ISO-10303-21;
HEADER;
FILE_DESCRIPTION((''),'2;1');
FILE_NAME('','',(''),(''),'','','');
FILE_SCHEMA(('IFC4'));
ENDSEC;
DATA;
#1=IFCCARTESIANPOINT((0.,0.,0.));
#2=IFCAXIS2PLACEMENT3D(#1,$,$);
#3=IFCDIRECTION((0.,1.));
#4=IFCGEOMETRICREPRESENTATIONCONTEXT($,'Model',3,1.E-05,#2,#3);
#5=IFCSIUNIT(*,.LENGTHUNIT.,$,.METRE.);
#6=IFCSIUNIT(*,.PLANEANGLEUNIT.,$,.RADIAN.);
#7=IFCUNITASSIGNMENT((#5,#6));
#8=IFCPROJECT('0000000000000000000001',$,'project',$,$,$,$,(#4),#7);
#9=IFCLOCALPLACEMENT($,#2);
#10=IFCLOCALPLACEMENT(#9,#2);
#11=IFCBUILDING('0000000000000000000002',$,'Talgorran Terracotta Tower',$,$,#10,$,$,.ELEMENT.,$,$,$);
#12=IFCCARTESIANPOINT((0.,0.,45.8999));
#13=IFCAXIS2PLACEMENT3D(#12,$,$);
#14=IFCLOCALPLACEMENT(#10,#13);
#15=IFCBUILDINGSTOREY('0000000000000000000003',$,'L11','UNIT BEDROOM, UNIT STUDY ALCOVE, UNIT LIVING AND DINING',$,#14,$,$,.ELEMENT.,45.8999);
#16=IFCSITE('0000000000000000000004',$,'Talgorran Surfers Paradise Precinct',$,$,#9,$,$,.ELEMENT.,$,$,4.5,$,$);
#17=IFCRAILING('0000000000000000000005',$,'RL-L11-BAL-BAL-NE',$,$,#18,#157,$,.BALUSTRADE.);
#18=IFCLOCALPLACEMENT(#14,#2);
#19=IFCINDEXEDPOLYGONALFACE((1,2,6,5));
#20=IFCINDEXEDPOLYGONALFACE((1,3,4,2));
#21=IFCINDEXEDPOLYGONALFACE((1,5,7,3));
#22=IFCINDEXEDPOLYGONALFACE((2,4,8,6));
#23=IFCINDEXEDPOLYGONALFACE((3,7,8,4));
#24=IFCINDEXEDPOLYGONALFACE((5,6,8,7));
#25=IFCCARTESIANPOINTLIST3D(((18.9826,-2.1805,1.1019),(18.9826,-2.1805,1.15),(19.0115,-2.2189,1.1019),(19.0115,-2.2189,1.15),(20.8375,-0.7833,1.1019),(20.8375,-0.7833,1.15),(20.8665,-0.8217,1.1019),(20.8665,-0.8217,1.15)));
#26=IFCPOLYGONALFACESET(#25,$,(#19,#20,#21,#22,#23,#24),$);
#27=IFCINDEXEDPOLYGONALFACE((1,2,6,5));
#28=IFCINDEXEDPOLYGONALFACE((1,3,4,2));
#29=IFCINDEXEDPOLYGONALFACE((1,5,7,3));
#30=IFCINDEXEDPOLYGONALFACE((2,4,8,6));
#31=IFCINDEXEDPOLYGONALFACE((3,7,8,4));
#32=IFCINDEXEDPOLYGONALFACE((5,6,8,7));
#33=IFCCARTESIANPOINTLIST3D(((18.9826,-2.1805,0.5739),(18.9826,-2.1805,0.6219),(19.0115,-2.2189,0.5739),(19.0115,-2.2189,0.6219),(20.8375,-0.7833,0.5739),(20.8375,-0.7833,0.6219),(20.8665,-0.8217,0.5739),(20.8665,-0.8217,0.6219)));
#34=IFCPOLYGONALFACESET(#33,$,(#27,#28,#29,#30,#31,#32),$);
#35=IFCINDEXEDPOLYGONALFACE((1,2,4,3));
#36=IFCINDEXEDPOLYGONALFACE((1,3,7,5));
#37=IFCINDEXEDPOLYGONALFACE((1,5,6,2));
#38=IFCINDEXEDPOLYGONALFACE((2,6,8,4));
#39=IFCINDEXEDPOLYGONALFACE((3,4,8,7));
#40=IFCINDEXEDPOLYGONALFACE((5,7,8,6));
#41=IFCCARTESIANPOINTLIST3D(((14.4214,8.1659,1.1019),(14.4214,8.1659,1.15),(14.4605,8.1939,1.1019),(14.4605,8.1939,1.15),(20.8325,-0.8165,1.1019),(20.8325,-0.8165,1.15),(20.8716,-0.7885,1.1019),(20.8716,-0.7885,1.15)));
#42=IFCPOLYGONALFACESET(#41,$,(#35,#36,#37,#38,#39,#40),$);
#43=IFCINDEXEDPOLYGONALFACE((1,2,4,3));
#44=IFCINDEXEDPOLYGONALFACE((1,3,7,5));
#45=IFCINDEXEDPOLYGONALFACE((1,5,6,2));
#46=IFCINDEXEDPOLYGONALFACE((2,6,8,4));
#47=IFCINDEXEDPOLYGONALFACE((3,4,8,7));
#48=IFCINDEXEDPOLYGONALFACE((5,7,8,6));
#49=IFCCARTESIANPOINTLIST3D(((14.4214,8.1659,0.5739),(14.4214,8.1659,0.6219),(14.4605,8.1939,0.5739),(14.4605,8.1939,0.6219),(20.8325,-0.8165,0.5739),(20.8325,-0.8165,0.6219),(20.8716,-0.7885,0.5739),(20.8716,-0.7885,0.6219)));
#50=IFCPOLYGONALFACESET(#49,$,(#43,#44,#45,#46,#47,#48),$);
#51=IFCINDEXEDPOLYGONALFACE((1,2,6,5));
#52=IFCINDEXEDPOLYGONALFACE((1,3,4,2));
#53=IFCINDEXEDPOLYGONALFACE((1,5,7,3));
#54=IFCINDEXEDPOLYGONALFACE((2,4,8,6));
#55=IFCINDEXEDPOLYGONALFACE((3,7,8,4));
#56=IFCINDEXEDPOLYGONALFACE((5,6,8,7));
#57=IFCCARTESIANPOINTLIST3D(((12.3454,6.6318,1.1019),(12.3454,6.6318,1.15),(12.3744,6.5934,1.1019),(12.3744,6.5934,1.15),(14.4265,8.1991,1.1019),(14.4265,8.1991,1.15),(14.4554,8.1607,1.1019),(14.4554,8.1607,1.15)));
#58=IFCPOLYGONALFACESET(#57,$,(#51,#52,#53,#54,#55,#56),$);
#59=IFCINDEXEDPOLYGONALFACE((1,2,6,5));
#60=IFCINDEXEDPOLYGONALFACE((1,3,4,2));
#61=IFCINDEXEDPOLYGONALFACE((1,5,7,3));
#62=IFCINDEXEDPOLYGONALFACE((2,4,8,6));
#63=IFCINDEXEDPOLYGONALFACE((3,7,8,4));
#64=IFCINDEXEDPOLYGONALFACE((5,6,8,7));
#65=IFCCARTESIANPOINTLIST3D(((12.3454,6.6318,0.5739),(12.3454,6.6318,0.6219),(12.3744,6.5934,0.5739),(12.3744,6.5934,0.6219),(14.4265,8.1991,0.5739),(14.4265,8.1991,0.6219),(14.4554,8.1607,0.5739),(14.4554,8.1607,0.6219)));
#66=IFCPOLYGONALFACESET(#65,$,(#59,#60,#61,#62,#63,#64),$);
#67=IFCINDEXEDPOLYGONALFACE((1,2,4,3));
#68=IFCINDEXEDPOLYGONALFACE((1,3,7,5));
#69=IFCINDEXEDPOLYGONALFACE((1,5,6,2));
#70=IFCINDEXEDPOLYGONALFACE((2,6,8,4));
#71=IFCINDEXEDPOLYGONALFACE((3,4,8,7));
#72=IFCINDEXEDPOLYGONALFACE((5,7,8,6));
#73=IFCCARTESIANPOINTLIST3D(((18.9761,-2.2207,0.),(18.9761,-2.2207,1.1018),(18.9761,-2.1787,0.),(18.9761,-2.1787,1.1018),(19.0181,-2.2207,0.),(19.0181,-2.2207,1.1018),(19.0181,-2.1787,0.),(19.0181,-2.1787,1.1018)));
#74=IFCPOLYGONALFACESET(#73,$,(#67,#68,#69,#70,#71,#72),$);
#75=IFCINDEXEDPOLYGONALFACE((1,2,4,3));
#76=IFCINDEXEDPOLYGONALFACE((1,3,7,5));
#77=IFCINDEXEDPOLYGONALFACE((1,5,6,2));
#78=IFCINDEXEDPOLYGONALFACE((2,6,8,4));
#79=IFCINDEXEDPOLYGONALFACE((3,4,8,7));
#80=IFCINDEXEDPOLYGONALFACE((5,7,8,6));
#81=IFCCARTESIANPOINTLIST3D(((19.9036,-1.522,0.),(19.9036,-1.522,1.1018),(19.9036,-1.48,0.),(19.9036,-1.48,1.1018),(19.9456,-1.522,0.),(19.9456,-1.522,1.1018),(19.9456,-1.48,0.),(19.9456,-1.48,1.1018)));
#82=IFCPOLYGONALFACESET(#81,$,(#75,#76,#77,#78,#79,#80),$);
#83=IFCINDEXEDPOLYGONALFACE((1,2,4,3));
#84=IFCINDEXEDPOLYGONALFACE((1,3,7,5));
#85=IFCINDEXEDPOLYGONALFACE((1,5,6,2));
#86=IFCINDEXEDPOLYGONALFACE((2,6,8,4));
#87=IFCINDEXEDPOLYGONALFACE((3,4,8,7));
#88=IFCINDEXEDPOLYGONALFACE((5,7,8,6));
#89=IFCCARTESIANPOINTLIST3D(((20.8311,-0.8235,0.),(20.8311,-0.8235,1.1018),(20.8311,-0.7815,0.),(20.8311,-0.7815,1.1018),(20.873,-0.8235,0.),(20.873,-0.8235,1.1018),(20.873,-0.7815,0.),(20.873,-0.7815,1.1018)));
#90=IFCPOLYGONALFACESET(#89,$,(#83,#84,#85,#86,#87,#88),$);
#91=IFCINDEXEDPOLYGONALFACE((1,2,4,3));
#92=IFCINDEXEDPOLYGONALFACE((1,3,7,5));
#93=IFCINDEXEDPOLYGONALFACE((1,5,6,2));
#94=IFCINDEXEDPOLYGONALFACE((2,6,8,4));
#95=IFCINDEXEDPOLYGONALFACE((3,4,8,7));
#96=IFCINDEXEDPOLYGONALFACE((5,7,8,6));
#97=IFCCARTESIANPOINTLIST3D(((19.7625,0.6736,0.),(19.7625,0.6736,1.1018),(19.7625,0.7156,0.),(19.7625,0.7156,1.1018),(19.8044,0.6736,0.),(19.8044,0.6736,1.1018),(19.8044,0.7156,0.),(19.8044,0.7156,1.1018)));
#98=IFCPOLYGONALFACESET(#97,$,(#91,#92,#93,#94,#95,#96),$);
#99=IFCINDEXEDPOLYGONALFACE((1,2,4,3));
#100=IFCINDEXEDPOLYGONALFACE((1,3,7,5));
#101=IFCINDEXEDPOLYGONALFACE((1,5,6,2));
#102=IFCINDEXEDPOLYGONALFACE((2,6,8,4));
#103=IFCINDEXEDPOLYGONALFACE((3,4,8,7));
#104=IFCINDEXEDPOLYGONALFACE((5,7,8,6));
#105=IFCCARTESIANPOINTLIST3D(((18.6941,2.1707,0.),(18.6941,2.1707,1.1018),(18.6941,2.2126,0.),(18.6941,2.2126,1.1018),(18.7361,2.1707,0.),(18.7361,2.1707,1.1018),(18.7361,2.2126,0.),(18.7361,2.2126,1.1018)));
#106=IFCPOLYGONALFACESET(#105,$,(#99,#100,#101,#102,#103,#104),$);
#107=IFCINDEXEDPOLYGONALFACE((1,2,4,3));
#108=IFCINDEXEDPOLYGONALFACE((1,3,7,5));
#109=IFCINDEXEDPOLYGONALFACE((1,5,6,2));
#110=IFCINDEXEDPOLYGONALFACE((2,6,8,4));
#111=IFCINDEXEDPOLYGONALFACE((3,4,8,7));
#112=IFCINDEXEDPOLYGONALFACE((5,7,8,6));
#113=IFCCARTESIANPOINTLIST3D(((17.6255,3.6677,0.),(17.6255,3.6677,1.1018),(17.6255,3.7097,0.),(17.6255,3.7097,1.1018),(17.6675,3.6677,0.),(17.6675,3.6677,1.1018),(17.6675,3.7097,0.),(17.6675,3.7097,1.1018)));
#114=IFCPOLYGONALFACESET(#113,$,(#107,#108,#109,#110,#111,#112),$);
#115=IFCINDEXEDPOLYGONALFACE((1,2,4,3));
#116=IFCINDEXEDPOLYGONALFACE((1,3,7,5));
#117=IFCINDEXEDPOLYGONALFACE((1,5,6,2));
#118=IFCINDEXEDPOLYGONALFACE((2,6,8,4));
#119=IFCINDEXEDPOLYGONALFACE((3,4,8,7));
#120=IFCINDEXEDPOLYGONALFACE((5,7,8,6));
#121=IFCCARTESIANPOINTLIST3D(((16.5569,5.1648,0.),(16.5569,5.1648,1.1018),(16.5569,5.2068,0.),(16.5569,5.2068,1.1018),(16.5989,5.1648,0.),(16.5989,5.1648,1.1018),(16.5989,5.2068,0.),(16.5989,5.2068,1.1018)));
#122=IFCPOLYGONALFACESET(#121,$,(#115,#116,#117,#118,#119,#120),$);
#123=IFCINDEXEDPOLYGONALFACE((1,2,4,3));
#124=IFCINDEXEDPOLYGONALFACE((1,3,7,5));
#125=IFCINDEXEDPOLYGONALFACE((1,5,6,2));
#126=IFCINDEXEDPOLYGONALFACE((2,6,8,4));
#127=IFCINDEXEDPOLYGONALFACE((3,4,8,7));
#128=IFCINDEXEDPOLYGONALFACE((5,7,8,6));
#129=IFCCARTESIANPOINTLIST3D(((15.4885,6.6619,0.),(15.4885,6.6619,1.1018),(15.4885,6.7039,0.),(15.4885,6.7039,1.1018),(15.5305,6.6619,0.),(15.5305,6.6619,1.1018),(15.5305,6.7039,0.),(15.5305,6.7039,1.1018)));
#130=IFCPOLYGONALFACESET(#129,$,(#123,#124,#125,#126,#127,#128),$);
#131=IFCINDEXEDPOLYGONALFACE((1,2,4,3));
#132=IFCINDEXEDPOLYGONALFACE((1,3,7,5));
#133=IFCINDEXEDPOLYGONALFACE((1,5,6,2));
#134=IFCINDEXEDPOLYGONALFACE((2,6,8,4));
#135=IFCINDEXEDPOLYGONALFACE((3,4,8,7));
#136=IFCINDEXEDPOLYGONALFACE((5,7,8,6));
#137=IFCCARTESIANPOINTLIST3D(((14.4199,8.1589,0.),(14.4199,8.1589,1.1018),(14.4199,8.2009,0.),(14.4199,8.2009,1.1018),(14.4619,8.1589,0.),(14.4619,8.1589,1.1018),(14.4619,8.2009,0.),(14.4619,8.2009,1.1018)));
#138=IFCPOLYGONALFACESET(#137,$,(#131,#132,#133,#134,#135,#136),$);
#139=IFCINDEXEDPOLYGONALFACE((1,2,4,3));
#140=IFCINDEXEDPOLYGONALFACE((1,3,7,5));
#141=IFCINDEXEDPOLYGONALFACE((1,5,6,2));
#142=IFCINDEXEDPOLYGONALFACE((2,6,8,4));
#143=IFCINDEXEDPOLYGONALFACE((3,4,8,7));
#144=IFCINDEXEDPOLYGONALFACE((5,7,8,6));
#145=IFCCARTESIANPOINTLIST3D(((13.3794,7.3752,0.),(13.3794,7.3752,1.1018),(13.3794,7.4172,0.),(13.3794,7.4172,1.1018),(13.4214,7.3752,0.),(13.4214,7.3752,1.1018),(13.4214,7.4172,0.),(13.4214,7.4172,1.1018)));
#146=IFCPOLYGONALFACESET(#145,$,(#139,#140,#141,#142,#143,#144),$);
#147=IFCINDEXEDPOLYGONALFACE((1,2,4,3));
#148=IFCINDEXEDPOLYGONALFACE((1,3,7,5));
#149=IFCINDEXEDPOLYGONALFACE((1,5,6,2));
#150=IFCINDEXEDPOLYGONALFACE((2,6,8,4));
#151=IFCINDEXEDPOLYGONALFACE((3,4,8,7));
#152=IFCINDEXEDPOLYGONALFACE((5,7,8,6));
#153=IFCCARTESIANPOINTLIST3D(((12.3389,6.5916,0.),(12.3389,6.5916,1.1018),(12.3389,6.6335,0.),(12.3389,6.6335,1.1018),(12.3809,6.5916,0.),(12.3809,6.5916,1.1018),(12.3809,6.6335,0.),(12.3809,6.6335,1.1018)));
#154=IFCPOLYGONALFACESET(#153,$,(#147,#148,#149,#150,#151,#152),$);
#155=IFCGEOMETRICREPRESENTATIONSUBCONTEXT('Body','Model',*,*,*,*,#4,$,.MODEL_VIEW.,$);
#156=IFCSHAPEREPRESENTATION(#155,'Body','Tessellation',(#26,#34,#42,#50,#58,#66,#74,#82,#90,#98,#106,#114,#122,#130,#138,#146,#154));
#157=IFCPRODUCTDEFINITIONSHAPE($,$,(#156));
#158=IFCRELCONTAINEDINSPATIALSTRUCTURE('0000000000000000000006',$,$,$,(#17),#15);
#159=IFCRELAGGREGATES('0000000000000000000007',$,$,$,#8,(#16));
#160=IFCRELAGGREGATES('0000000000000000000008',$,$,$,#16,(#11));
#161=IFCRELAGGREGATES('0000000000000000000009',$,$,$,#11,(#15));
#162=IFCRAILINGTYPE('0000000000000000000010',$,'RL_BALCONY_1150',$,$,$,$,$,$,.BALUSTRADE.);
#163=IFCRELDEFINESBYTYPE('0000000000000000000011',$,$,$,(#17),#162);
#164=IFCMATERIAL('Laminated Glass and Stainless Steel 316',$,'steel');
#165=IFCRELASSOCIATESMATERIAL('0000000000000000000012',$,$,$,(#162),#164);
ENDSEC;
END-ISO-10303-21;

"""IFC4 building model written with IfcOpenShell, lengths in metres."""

from ifc_helpers import new_model, si_unit, direction, frame, origin, origin_2d, place, context, subcontext, project, spatial, rectangle, extrude, material, type_object, element, save


model = new_model("IFC4")

# Units and contexts
model_context = context("Model", 3, precision=1e-05, world=origin(), true_north=direction((0.0, 1.0)))
body_context = subcontext(model_context, "Body", "Model", "MODEL_VIEW")
ifc_project = project(units=[si_unit("LENGTHUNIT", "METRE"), si_unit("PLANEANGLEUNIT", "RADIAN")], contexts=[model_context])

# Site, building, storey
site_placement = place(None, origin())
site = spatial("IfcSite", under=ifc_project, at=site_placement, Name="Talgorran Surfers Paradise Precinct", CompositionType="ELEMENT", RefElevation=4.5)
building_placement = place(site_placement, origin())
building = spatial("IfcBuilding", under=site, at=building_placement, Name="Talgorran Terracotta Tower", CompositionType="ELEMENT")
storey_placement = place(building_placement, frame((0.0, 0.0, 45.8999)))
storey = spatial("IfcBuildingStorey", under=building, at=storey_placement, Name="L11", Description="UNIT BEDROOM, UNIT STUDY ALCOVE, UNIT LIVING AND DINING", CompositionType="ELEMENT", Elevation=45.8999)

# Railing
ifc_material_1 = material(Name="Laminated Glass and Stainless Steel 316", Category="steel")
railing_type = type_object("IfcRailingType", Name="RL_BALCONY_1150", PredefinedType="BALUSTRADE", material=ifc_material_1)
railing_placement = place(storey_placement, frame((18.9971, -2.1997, 0.0)))
element("IfcRailing", 1, at=railing_placement, inside=storey, type_object=railing_type, Name="RL-L11-BAL-BAL-NE", PredefinedType="BALUSTRADE", context=body_context, shape_type="SweptSolid", body=[
    extrude(rectangle(XDim=0.0481, YDim=0.0481, at=origin_2d()), frame((0.0, 0.0, 1.126), z_axis=(0.798762, 0.601647, 0.0), x_axis=(-0.601647, 0.798762, 0.0)), (0.0, 0.0, 1.0), 2.3223),
    extrude(rectangle(XDim=0.0481, YDim=0.0481, at=origin_2d()), frame((0.0, 0.0, 0.5979), z_axis=(0.798762, 0.601647, 0.0), x_axis=(-0.601647, 0.798762, 0.0)), (0.0, 0.0, 1.0), 2.3223),
    extrude(rectangle(XDim=0.0481, YDim=0.0481, at=origin_2d()), frame((1.855, 1.3972, 1.126), z_axis=(-0.580945, 0.813943, 0.0), x_axis=(-0.813943, -0.580945, 0.0)), (0.0, 0.0, 1.0), 11.0356),
    extrude(rectangle(XDim=0.0481, YDim=0.0481, at=origin_2d()), frame((1.855, 1.3972, 0.5979), z_axis=(-0.580945, 0.813943, 0.0), x_axis=(-0.813943, -0.580945, 0.0)), (0.0, 0.0, 1.0), 11.0356),
    extrude(rectangle(XDim=0.0481, YDim=0.0481, at=origin_2d()), frame((-4.5562, 10.3796, 1.126), z_axis=(-0.798784, -0.601618, 0.0), x_axis=(0.601618, -0.798784, 0.0)), (0.0, 0.0, 1.0), 2.6052),
    extrude(rectangle(XDim=0.0481, YDim=0.0481, at=origin_2d()), frame((-4.5562, 10.3796, 0.5979), z_axis=(-0.798784, -0.601618, 0.0), x_axis=(0.601618, -0.798784, 0.0)), (0.0, 0.0, 1.0), 2.6052),
    extrude(rectangle(XDim=0.042, YDim=0.042, at=origin_2d()), origin(), (0.0, 0.0, 1.0), 1.1018),
    extrude(rectangle(XDim=0.042, YDim=0.042, at=origin_2d()), frame((0.9275, 0.6987, 0.0)), (0.0, 0.0, 1.0), 1.1018),
    extrude(rectangle(XDim=0.042, YDim=0.042, at=origin_2d()), frame((1.855, 1.3972, 0.0)), (0.0, 0.0, 1.0), 1.1018),
    extrude(rectangle(XDim=0.042, YDim=0.042, at=origin_2d()), frame((0.7864, 2.8943, 0.0)), (0.0, 0.0, 1.0), 1.1018),
    extrude(rectangle(XDim=0.042, YDim=0.042, at=origin_2d()), frame((-0.282, 4.3914, 0.0)), (0.0, 0.0, 1.0), 1.1018),
    extrude(rectangle(XDim=0.042, YDim=0.042, at=origin_2d()), frame((-1.3506, 5.8884, 0.0)), (0.0, 0.0, 1.0), 1.1018),
    extrude(rectangle(XDim=0.042, YDim=0.042, at=origin_2d()), frame((-2.4192, 7.3855, 0.0)), (0.0, 0.0, 1.0), 1.1018),
    extrude(rectangle(XDim=0.042, YDim=0.042, at=origin_2d()), frame((-3.4875, 8.8826, 0.0)), (0.0, 0.0, 1.0), 1.1018),
    extrude(rectangle(XDim=0.042, YDim=0.042, at=origin_2d()), frame((-4.5562, 10.3796, 0.0)), (0.0, 0.0, 1.0), 1.1018),
    extrude(rectangle(XDim=0.042, YDim=0.042, at=origin_2d()), frame((-5.5967, 9.5959, 0.0)), (0.0, 0.0, 1.0), 1.1018),
    extrude(rectangle(XDim=0.042, YDim=0.042, at=origin_2d()), frame((-6.6372, 8.8123, 0.0)), (0.0, 0.0, 1.0), 1.1018),
])

save(model, "model.ifc")
